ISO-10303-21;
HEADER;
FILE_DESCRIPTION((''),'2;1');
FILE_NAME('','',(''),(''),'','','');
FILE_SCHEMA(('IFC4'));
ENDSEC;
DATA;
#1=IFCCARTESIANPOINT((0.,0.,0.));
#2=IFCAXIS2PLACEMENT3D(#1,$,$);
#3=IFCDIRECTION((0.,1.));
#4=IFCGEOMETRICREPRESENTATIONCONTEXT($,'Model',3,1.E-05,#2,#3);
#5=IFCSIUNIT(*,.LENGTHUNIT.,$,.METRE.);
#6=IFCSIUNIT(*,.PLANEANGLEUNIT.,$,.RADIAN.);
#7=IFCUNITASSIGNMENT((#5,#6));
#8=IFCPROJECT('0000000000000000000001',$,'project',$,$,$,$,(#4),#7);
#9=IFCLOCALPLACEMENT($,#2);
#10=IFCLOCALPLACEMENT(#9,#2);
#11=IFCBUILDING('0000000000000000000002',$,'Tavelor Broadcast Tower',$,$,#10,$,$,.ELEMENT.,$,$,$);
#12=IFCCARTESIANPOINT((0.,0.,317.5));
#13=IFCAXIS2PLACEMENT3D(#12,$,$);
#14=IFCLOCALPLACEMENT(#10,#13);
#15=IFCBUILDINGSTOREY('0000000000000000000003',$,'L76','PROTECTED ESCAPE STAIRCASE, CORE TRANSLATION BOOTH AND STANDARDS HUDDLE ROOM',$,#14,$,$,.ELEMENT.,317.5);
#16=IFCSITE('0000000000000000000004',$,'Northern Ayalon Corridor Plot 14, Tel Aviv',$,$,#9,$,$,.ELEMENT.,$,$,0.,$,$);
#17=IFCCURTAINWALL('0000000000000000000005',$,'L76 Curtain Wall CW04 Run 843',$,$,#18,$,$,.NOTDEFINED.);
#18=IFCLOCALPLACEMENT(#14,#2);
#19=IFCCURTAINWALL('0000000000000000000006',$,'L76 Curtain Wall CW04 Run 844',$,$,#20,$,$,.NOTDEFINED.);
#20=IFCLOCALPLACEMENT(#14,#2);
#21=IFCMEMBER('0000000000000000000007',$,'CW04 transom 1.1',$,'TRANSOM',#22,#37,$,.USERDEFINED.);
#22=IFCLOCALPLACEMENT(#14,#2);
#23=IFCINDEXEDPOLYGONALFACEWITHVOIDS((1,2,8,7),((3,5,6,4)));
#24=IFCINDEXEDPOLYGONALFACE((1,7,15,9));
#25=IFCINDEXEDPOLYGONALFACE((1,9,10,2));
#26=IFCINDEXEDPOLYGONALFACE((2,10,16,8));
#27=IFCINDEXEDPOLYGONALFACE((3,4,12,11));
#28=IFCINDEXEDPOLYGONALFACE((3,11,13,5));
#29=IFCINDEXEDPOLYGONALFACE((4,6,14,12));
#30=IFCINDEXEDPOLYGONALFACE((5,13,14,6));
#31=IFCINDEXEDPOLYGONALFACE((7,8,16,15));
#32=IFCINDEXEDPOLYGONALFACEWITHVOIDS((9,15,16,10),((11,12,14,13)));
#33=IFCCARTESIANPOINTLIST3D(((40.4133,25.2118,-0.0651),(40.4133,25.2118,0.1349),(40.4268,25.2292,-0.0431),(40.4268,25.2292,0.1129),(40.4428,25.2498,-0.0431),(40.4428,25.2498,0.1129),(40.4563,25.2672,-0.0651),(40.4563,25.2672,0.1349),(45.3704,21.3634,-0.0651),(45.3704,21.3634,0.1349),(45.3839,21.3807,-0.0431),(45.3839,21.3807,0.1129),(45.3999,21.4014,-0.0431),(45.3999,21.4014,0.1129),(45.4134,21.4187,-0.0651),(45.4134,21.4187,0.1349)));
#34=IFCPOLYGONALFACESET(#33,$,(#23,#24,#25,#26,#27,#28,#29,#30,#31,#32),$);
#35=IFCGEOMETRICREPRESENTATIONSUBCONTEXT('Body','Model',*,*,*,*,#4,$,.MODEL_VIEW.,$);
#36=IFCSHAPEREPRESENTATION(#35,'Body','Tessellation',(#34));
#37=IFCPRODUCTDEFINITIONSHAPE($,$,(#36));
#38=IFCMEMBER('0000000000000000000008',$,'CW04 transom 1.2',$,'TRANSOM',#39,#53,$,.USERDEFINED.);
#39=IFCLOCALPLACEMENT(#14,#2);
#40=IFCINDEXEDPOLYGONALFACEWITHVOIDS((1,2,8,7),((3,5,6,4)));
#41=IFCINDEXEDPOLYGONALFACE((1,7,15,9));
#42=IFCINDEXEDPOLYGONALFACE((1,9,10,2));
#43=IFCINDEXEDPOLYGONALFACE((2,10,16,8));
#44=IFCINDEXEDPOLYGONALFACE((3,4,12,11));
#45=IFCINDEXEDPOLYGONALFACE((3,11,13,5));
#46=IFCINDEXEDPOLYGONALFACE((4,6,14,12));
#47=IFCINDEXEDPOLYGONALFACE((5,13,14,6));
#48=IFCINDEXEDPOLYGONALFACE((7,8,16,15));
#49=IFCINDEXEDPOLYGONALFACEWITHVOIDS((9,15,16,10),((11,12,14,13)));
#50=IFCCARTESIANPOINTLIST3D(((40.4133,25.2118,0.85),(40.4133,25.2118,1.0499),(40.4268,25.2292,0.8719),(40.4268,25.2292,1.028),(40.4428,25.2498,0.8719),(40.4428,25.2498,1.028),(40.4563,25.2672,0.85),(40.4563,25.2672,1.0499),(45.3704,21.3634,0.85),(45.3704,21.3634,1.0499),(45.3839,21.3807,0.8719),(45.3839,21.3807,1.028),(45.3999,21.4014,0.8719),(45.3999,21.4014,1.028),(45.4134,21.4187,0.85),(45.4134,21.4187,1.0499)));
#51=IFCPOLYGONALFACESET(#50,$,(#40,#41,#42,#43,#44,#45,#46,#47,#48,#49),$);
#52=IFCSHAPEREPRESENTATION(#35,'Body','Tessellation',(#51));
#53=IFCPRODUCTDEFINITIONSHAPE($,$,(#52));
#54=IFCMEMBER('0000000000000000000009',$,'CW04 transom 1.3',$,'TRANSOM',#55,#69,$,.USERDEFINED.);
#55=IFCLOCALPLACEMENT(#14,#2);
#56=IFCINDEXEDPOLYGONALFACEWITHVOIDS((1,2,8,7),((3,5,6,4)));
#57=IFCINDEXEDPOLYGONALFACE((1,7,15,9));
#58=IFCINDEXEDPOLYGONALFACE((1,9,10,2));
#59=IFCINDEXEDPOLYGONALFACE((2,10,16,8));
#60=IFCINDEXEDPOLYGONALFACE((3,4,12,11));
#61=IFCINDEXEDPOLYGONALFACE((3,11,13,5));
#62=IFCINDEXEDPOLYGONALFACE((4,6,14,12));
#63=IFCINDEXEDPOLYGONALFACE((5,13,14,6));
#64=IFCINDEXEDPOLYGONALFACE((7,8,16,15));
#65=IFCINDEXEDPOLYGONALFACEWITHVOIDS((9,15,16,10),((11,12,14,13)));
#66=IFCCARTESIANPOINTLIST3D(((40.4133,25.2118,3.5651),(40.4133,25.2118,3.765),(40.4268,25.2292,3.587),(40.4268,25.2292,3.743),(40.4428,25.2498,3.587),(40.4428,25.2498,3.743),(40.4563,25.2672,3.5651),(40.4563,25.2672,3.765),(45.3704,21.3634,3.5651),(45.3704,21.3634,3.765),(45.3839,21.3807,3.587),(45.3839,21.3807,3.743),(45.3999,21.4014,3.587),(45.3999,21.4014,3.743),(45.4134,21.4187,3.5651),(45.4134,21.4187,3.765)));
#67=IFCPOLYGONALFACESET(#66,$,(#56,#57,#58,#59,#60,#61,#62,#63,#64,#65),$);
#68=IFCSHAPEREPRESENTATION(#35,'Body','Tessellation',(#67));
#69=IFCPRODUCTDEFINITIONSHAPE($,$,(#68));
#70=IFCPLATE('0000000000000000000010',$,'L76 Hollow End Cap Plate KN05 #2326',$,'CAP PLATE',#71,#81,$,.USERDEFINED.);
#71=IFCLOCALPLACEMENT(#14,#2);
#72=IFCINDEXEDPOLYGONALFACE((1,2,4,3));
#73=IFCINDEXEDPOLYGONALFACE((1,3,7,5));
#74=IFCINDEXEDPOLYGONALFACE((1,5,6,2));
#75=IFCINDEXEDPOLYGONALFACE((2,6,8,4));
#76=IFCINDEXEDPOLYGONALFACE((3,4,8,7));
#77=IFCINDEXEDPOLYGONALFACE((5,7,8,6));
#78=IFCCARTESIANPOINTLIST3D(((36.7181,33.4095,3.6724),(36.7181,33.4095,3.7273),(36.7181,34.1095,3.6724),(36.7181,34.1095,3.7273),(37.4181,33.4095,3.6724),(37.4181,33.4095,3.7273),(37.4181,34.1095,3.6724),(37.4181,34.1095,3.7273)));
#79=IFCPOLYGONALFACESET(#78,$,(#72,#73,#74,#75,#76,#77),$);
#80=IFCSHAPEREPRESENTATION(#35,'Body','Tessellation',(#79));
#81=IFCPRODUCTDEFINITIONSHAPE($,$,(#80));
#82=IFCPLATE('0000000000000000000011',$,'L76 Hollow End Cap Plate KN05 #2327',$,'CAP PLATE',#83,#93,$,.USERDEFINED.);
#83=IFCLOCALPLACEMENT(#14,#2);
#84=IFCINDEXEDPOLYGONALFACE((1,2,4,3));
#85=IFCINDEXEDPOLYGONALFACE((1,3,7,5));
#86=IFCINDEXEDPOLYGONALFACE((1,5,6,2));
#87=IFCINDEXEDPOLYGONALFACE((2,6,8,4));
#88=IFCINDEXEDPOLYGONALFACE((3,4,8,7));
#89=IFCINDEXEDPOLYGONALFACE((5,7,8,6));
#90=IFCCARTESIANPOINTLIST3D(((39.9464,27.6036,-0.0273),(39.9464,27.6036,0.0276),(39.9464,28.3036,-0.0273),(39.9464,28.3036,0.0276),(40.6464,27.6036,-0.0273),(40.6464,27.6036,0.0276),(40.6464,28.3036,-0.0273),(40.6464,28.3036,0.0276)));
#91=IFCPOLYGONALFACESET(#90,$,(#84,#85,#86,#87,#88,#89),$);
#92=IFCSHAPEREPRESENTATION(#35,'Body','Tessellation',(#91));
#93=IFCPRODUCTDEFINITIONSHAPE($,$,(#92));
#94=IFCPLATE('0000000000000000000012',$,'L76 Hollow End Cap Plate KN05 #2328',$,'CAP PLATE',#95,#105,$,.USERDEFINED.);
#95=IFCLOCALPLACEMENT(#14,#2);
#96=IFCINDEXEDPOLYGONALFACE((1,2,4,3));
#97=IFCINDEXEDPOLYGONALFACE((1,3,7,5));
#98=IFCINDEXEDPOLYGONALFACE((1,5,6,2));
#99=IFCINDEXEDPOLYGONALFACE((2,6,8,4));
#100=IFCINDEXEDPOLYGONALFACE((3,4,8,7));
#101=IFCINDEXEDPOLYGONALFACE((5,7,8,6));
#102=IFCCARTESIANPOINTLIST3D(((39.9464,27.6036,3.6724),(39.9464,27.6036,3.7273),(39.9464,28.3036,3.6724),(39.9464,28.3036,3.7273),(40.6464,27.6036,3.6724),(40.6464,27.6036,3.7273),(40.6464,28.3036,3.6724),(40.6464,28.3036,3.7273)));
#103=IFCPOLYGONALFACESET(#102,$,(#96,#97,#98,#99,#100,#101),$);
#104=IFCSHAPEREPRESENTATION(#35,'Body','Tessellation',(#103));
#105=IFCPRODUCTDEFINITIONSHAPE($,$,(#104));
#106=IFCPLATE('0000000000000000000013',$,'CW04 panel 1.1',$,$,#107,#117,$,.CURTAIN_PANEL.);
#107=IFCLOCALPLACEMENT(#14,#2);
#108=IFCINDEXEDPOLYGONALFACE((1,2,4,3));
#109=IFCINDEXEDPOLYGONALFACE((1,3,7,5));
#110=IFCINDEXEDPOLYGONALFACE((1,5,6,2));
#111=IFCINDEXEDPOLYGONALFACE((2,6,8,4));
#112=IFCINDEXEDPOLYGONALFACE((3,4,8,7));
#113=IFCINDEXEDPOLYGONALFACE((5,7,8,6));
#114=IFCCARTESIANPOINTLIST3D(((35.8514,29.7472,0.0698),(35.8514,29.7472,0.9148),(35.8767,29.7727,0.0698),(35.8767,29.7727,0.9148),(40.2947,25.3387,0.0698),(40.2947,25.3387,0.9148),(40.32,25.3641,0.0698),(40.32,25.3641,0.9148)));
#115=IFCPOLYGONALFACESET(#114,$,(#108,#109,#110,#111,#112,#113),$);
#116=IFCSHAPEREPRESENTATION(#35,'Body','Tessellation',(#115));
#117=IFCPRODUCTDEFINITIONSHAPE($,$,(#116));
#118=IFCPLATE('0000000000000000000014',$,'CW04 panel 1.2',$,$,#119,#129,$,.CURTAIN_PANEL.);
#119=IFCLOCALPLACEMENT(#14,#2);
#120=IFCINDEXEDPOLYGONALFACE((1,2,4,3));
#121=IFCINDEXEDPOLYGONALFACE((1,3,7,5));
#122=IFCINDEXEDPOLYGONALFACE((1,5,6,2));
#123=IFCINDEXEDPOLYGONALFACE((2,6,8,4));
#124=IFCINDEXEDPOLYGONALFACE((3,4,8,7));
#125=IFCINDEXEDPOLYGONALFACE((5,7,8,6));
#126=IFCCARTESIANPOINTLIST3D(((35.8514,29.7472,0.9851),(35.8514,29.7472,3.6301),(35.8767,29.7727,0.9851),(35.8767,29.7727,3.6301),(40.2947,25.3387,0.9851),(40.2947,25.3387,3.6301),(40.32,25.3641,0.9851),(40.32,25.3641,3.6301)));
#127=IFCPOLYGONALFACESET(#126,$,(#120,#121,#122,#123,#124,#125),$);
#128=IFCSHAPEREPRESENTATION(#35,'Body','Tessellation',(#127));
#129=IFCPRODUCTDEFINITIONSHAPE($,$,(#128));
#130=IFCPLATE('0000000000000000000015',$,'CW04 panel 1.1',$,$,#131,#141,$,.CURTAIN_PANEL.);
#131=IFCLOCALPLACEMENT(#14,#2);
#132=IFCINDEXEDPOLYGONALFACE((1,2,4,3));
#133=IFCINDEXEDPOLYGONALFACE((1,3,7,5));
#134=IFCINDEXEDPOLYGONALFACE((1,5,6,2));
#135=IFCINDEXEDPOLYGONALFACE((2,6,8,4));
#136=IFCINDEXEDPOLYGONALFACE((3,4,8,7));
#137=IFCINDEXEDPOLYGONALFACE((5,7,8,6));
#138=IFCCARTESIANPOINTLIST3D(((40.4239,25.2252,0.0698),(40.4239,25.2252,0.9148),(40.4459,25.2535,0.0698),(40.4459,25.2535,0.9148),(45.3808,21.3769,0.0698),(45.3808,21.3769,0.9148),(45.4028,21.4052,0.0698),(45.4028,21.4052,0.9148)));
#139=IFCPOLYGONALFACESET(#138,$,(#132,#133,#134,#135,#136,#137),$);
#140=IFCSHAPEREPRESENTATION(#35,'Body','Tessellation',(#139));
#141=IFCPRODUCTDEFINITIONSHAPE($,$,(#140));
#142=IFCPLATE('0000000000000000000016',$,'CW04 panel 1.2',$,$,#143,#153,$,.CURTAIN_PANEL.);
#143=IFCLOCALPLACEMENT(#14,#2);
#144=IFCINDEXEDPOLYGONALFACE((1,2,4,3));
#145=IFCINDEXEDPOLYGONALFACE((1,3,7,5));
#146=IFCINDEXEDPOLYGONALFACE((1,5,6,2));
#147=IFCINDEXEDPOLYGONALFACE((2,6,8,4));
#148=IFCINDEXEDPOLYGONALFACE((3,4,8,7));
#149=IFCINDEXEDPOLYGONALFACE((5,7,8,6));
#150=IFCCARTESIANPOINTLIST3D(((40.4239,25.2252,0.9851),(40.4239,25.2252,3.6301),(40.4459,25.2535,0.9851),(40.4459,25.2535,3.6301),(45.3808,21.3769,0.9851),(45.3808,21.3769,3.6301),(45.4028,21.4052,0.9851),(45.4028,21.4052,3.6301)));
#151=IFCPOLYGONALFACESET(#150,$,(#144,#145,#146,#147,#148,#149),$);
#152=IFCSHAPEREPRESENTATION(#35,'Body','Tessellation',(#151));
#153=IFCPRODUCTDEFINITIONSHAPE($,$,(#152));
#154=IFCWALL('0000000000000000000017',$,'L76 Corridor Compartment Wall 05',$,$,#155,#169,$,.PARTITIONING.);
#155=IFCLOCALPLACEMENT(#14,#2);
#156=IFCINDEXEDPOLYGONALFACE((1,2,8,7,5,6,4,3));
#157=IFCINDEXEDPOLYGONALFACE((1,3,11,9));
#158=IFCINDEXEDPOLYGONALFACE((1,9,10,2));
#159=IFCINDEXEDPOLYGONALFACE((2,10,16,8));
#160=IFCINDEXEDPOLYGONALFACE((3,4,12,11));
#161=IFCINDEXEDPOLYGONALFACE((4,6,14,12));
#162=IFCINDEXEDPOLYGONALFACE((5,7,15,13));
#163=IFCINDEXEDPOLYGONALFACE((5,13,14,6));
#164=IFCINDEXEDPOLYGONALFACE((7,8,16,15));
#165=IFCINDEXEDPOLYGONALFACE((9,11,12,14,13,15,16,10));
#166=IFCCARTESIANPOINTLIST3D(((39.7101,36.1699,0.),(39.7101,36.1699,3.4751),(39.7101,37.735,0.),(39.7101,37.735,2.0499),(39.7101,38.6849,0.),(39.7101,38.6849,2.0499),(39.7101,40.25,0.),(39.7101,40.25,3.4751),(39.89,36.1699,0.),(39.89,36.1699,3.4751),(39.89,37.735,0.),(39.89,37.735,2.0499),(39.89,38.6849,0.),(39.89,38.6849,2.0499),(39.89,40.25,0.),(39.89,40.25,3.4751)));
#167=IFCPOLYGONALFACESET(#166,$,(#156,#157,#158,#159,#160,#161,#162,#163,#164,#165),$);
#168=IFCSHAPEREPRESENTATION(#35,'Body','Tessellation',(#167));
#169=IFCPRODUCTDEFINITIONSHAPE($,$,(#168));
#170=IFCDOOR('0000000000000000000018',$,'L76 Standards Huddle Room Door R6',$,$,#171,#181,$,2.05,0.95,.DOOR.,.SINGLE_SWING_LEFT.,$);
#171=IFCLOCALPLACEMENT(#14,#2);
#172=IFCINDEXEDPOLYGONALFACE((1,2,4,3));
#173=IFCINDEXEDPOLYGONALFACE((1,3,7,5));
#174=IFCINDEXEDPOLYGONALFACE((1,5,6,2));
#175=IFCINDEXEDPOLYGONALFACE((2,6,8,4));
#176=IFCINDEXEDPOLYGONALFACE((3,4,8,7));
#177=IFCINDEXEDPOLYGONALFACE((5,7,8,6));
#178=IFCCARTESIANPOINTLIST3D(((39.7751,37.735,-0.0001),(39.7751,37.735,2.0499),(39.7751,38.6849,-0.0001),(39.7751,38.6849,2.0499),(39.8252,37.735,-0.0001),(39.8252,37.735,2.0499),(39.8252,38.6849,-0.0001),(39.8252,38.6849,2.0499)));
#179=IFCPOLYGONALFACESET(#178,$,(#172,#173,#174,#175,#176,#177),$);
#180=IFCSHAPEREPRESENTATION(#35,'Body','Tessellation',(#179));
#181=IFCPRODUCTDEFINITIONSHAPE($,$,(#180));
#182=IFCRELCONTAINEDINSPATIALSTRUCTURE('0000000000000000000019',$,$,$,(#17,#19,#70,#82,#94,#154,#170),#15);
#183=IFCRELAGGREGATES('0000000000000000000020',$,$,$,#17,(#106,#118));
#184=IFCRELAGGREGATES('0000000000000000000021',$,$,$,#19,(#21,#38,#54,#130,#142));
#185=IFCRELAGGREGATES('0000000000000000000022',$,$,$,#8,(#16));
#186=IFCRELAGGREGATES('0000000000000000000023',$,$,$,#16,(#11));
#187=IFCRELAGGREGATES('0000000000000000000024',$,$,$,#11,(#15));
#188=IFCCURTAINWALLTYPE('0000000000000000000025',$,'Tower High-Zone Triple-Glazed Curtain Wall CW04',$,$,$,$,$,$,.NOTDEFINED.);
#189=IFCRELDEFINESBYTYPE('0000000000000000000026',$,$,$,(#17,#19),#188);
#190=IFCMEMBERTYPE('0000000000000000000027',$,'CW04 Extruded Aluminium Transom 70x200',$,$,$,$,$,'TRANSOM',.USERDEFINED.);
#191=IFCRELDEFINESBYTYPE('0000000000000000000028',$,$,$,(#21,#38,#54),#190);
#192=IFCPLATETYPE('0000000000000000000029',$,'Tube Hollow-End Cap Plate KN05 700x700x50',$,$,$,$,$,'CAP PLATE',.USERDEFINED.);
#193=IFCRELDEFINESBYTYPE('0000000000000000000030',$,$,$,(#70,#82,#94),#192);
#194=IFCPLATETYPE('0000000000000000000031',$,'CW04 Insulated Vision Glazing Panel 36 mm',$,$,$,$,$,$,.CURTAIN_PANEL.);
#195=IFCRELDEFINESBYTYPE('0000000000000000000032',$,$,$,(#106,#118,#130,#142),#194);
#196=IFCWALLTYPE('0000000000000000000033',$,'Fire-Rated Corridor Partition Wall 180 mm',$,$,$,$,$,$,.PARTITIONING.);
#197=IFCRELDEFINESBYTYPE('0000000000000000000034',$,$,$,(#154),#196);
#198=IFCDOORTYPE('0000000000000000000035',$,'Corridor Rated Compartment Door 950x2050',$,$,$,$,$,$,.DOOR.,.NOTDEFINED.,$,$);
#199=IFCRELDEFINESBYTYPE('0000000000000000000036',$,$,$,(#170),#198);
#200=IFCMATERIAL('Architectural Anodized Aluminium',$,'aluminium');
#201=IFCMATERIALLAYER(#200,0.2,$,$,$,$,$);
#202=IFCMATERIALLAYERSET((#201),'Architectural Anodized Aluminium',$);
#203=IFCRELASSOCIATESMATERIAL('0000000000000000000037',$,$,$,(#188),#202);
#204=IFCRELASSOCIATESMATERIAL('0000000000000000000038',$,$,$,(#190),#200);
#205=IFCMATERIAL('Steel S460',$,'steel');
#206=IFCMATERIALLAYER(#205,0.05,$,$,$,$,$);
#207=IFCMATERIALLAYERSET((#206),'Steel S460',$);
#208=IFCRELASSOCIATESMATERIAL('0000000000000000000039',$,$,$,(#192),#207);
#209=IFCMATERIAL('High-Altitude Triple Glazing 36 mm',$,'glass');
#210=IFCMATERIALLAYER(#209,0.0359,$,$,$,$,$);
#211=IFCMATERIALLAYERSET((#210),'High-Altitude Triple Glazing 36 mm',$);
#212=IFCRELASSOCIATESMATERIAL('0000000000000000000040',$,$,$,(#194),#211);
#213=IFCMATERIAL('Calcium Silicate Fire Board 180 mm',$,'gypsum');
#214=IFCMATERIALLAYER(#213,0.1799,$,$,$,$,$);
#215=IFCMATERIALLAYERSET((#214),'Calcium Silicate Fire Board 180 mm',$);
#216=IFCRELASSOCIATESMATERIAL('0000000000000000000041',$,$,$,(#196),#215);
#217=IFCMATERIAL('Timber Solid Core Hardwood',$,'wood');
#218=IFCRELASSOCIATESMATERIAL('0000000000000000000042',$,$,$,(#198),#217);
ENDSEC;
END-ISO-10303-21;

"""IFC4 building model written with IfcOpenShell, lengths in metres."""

from ifc_helpers import new_model, si_unit, direction, frame, frame_2d, origin, origin_2d, place, context, subcontext, project, spatial, rectangle, hollow_rectangle, extrude, source, transform, mapped, material, layer, layer_set, material_profile, profile_set, type_object, type_shapes, element, fill, aggregate, save


model = new_model("IFC4")

# Units and contexts
model_context = context("Model", 3, precision=1e-05, world=origin(), true_north=direction((0.0, 1.0)))
body_context = subcontext(model_context, "Body", "Model", "MODEL_VIEW")
ifc_project = project(units=[si_unit("LENGTHUNIT", "METRE"), si_unit("PLANEANGLEUNIT", "RADIAN")], contexts=[model_context])

# Site, building, storey
site_placement = place(None, origin())
site = spatial("IfcSite", under=ifc_project, at=site_placement, Name="Northern Ayalon Corridor Plot 14, Tel Aviv", CompositionType="ELEMENT", RefElevation=0.0)
building_placement = place(site_placement, origin())
building = spatial("IfcBuilding", under=site, at=building_placement, Name="Tavelor Broadcast Tower", CompositionType="ELEMENT")
storey_placement = place(building_placement, frame((0.0, 0.0, 317.5)))
storey = spatial("IfcBuildingStorey", under=building, at=storey_placement, Name="L76", Description="PROTECTED ESCAPE STAIRCASE, CORE TRANSLATION BOOTH AND STANDARDS HUDDLE ROOM", CompositionType="ELEMENT", Elevation=317.5)

# Shared definitions
ifc_material_1 = material(Name="Steel S460", Category="steel")

# Curtain wall
ifc_material_2 = material(Name="Architectural Anodized Aluminium", Category="aluminium")
ifc_layer_1 = layer(ifc_material_2, 0.2)
ifc_layer_set_1 = layer_set([ifc_layer_1], Name="Architectural Anodized Aluminium")
curtain_wall_type = type_object("IfcCurtainWallType", Name="Tower High-Zone Triple-Glazed Curtain Wall CW04", PredefinedType="NOTDEFINED", material=ifc_layer_set_1)
curtain_wall_1_placement = place(storey_placement, origin())
curtain_wall_1 = element("IfcCurtainWall", 1, at=curtain_wall_1_placement, inside=storey, type_object=curtain_wall_type, Name="L76 Curtain Wall CW04 Run 843", PredefinedType="NOTDEFINED")

# Curtain wall, members
curtain_wall_2_placement = place(storey_placement, origin())
curtain_wall_2 = element("IfcCurtainWall", 2, at=curtain_wall_2_placement, inside=storey, type_object=curtain_wall_type, Name="L76 Curtain Wall CW04 Run 844", PredefinedType="NOTDEFINED")
ifc_material_profile_1 = material_profile(ifc_material_2, hollow_rectangle(XDim=0.0701, YDim=0.2, WallThickness=0.022, at=origin_2d()), Name="RHS 70x200x22")
ifc_profile_set_1 = profile_set([ifc_material_profile_1], Name="Architectural Anodized Aluminium")
member_type_1 = type_object("IfcMemberType", Name="CW04 Extruded Aluminium Transom 70x200", ElementType="TRANSOM", PredefinedType="USERDEFINED", material=ifc_profile_set_1)
shared_shape_1 = source(origin(), body_context, "Body", "SweptSolid", [
    extrude(hollow_rectangle(XDim=0.0701, YDim=0.2, WallThickness=0.022, at=origin_2d()), origin(), (0.0, 0.0, 1.0), 6.2756),
])
type_shapes(member_type_1, [shared_shape_1])
member_1_placement = place(storey_placement, frame((40.4348, 25.2395, 0.0349), z_axis=(0.789899, -0.613237, 0.0), x_axis=(0.613237, 0.789899, 0.0)))
member_1 = element("IfcMember", 3, at=member_1_placement, type_object=member_type_1, Name="CW04 transom 1.1", ObjectType="TRANSOM", PredefinedType="USERDEFINED", context=body_context, shape_type="MappedRepresentation", body=[
    mapped(shared_shape_1, transform((0.0, 0.0, 0.0), scale=1.0)),
])
member_2_placement = place(storey_placement, frame((40.4348, 25.2395, 0.95), z_axis=(0.789899, -0.613237, 0.0), x_axis=(0.613237, 0.789899, 0.0)))
member_2 = element("IfcMember", 4, at=member_2_placement, type_object=member_type_1, Name="CW04 transom 1.2", ObjectType="TRANSOM", PredefinedType="USERDEFINED", context=body_context, shape_type="MappedRepresentation", body=[
    mapped(shared_shape_1, transform((0.0, 0.0, 0.0), scale=1.0)),
])
member_3_placement = place(storey_placement, frame((40.4348, 25.2395, 3.665), z_axis=(0.789899, -0.613237, 0.0), x_axis=(0.613237, 0.789899, 0.0)))
member_3 = element("IfcMember", 5, at=member_3_placement, type_object=member_type_1, Name="CW04 transom 1.3", ObjectType="TRANSOM", PredefinedType="USERDEFINED", context=body_context, shape_type="MappedRepresentation", body=[
    mapped(shared_shape_1, transform((0.0, 0.0, 0.0), scale=1.0)),
])

# Plates
ifc_layer_2 = layer(ifc_material_1, 0.05)
ifc_layer_set_2 = layer_set([ifc_layer_2], Name="Steel S460")
plate_type_1 = type_object("IfcPlateType", Name="Tube Hollow-End Cap Plate KN05 700x700x50", ElementType="CAP PLATE", PredefinedType="USERDEFINED", material=ifc_layer_set_2)
shared_shape_2 = source(origin(), body_context, "Body", "SweptSolid", [
    extrude(rectangle(XDim=0.7, YDim=0.7, at=origin_2d()), origin(), (0.0, 0.0, 1.0), 0.0549),
])
type_shapes(plate_type_1, [shared_shape_2])
for number, where, z_axis, x_axis, name in (
    (6, (37.0681, 33.7595, 3.6724), (0.0, 0.0, 1.0), (1.0, 0.0, 0.0), "L76 Hollow End Cap Plate KN05 #2326"),
    (7, (40.2964, 27.9536, -0.0273), (0.0, 0.0, 1.0), (1.0, 0.0, 0.0), "L76 Hollow End Cap Plate KN05 #2327"),
    (8, (40.2964, 27.9536, 3.6724), (0.0, 0.0, 1.0), (1.0, 0.0, 0.0), "L76 Hollow End Cap Plate KN05 #2328"),
):
    element("IfcPlate", number, at=place(storey_placement, frame(where, z_axis=z_axis, x_axis=x_axis)), inside=storey, type_object=plate_type_1, Name=name, ObjectType="CAP PLATE", PredefinedType="USERDEFINED", context=body_context, shape_type="MappedRepresentation", body=[
        mapped(shared_shape_2, transform((0.0, 0.0, 0.0), scale=1.0)),
    ])

# Plates
ifc_material_3 = material(Name="High-Altitude Triple Glazing 36 mm", Category="glass")
ifc_layer_3 = layer(ifc_material_3, 0.0359)
ifc_layer_set_3 = layer_set([ifc_layer_3], Name="High-Altitude Triple Glazing 36 mm")
plate_type_2 = type_object("IfcPlateType", Name="CW04 Insulated Vision Glazing Panel 36 mm", PredefinedType="CURTAIN_PANEL", material=ifc_layer_set_3)
shared_shape_3 = source(origin(), body_context, "Body", "SweptSolid", [
    extrude(rectangle(XDim=6.2593, YDim=0.0359, at=origin_2d()), origin(), (0.0, 0.0, 1.0), 0.845),
])
plate_1_placement = place(storey_placement, frame((38.0857, 27.5557, 0.0698), z_axis=(0.0, 0.0, 1.0), x_axis=(0.709883, -0.70432, 0.0)))
plate_1 = element("IfcPlate", 9, at=plate_1_placement, type_object=plate_type_2, Name="CW04 panel 1.1", PredefinedType="CURTAIN_PANEL", context=body_context, shape_type="MappedRepresentation", body=[
    mapped(shared_shape_3, transform((0.0, 0.0, 0.0), scale=1.0)),
])
shared_shape_4 = source(origin(), body_context, "Body", "SweptSolid", [
    extrude(rectangle(XDim=6.2593, YDim=0.0359, at=origin_2d()), origin(), (0.0, 0.0, 1.0), 2.645),
])
plate_2_placement = place(storey_placement, frame((38.0857, 27.5557, 0.9851), z_axis=(0.0, 0.0, 1.0), x_axis=(0.709883, -0.70432, 0.0)))
plate_2 = element("IfcPlate", 10, at=plate_2_placement, type_object=plate_type_2, Name="CW04 panel 1.2", PredefinedType="CURTAIN_PANEL", context=body_context, shape_type="MappedRepresentation", body=[
    mapped(shared_shape_4, transform((0.0, 0.0, 0.0), scale=1.0)),
])
aggregate(curtain_wall_1, [plate_1, plate_2])
shared_shape_5 = source(origin(), body_context, "Body", "SweptSolid", [
    extrude(rectangle(XDim=6.2754, YDim=0.0359, at=origin_2d()), origin(), (0.0, 0.0, 1.0), 0.845),
])
plate_3_placement = place(storey_placement, frame((42.9133, 23.3152, 0.0698), z_axis=(0.0, 0.0, 1.0), x_axis=(0.789901, -0.613235, 0.0)))
plate_3 = element("IfcPlate", 11, at=plate_3_placement, type_object=plate_type_2, Name="CW04 panel 1.1", PredefinedType="CURTAIN_PANEL", context=body_context, shape_type="MappedRepresentation", body=[
    mapped(shared_shape_5, transform((0.0, 0.0, 0.0), scale=1.0)),
])
shared_shape_6 = source(origin(), body_context, "Body", "SweptSolid", [
    extrude(rectangle(XDim=6.2754, YDim=0.0359, at=origin_2d()), origin(), (0.0, 0.0, 1.0), 2.645),
])
type_shapes(plate_type_2, [shared_shape_3, shared_shape_4, shared_shape_5, shared_shape_6])
plate_4_placement = place(storey_placement, frame((42.9133, 23.3152, 0.9851), z_axis=(0.0, 0.0, 1.0), x_axis=(0.789901, -0.613235, 0.0)))
plate_4 = element("IfcPlate", 12, at=plate_4_placement, type_object=plate_type_2, Name="CW04 panel 1.2", PredefinedType="CURTAIN_PANEL", context=body_context, shape_type="MappedRepresentation", body=[
    mapped(shared_shape_6, transform((0.0, 0.0, 0.0), scale=1.0)),
])
aggregate(curtain_wall_2, [member_1, member_2, member_3, plate_3, plate_4])

# Wall, opening, door
ifc_material_4 = material(Name="Calcium Silicate Fire Board 180 mm", Category="gypsum")
ifc_layer_4 = layer(ifc_material_4, 0.1799)
ifc_layer_set_4 = layer_set([ifc_layer_4], Name="Calcium Silicate Fire Board 180 mm")
wall_type_1 = type_object("IfcWallType", Name="Fire-Rated Corridor Partition Wall 180 mm", PredefinedType="PARTITIONING", material=ifc_layer_set_4)
wall_1_placement = place(storey_placement, frame((39.8, 36.1699, 0.0), z_axis=(0.0, 0.0, 1.0), x_axis=(0.0, 1.0, 0.0)))
wall_1 = element("IfcWall", 13, at=wall_1_placement, inside=storey, type_object=wall_type_1, Name="L76 Corridor Compartment Wall 05", PredefinedType="PARTITIONING", context=body_context, shape_type="SweptSolid", body=[
    extrude(rectangle(XDim=4.0801, YDim=0.1799, at=frame_2d((2.04, 0.0))), origin(), (0.0, 0.0, 1.0), 3.4751),
])
opening_placement = place(wall_1_placement, frame((1.5649, 0.0, 0.0)))
opening = element("IfcOpeningElement", 14, at=opening_placement, cuts=wall_1, PredefinedType="OPENING", context=body_context, shape_type="SweptSolid", body=[
    extrude(rectangle(XDim=0.95, YDim=2.05, at=frame_2d((0.4751, 1.0249))), frame((0.0, 0.1001, 0.0), z_axis=(0.0, -1.0, 0.0), x_axis=(1.0, 0.0, 0.0)), (0.0, 0.0, 1.0), 0.2),
])
ifc_material_5 = material(Name="Timber Solid Core Hardwood", Category="wood")
door_type = type_object("IfcDoorType", Name="Corridor Rated Compartment Door 950x2050", OperationType="NOTDEFINED", PredefinedType="DOOR", material=ifc_material_5)
door_placement = place(opening_placement, origin())
door = element("IfcDoor", 15, at=door_placement, inside=storey, type_object=door_type, Name="L76 Standards Huddle Room Door R6", OperationType="SINGLE_SWING_LEFT", OverallHeight=2.05, OverallWidth=0.95, PredefinedType="DOOR", context=body_context, shape_type="SweptSolid", body=[
    extrude(rectangle(XDim=0.95, YDim=2.05, at=frame_2d((0.4751, 1.0249))), frame((0.0, 0.0249, 0.0), z_axis=(0.0, -1.0, 0.0), x_axis=(1.0, 0.0, 0.0)), (0.0, 0.0, 1.0), 0.05),
])
fill(opening, door)

save(model, "model.ifc")
